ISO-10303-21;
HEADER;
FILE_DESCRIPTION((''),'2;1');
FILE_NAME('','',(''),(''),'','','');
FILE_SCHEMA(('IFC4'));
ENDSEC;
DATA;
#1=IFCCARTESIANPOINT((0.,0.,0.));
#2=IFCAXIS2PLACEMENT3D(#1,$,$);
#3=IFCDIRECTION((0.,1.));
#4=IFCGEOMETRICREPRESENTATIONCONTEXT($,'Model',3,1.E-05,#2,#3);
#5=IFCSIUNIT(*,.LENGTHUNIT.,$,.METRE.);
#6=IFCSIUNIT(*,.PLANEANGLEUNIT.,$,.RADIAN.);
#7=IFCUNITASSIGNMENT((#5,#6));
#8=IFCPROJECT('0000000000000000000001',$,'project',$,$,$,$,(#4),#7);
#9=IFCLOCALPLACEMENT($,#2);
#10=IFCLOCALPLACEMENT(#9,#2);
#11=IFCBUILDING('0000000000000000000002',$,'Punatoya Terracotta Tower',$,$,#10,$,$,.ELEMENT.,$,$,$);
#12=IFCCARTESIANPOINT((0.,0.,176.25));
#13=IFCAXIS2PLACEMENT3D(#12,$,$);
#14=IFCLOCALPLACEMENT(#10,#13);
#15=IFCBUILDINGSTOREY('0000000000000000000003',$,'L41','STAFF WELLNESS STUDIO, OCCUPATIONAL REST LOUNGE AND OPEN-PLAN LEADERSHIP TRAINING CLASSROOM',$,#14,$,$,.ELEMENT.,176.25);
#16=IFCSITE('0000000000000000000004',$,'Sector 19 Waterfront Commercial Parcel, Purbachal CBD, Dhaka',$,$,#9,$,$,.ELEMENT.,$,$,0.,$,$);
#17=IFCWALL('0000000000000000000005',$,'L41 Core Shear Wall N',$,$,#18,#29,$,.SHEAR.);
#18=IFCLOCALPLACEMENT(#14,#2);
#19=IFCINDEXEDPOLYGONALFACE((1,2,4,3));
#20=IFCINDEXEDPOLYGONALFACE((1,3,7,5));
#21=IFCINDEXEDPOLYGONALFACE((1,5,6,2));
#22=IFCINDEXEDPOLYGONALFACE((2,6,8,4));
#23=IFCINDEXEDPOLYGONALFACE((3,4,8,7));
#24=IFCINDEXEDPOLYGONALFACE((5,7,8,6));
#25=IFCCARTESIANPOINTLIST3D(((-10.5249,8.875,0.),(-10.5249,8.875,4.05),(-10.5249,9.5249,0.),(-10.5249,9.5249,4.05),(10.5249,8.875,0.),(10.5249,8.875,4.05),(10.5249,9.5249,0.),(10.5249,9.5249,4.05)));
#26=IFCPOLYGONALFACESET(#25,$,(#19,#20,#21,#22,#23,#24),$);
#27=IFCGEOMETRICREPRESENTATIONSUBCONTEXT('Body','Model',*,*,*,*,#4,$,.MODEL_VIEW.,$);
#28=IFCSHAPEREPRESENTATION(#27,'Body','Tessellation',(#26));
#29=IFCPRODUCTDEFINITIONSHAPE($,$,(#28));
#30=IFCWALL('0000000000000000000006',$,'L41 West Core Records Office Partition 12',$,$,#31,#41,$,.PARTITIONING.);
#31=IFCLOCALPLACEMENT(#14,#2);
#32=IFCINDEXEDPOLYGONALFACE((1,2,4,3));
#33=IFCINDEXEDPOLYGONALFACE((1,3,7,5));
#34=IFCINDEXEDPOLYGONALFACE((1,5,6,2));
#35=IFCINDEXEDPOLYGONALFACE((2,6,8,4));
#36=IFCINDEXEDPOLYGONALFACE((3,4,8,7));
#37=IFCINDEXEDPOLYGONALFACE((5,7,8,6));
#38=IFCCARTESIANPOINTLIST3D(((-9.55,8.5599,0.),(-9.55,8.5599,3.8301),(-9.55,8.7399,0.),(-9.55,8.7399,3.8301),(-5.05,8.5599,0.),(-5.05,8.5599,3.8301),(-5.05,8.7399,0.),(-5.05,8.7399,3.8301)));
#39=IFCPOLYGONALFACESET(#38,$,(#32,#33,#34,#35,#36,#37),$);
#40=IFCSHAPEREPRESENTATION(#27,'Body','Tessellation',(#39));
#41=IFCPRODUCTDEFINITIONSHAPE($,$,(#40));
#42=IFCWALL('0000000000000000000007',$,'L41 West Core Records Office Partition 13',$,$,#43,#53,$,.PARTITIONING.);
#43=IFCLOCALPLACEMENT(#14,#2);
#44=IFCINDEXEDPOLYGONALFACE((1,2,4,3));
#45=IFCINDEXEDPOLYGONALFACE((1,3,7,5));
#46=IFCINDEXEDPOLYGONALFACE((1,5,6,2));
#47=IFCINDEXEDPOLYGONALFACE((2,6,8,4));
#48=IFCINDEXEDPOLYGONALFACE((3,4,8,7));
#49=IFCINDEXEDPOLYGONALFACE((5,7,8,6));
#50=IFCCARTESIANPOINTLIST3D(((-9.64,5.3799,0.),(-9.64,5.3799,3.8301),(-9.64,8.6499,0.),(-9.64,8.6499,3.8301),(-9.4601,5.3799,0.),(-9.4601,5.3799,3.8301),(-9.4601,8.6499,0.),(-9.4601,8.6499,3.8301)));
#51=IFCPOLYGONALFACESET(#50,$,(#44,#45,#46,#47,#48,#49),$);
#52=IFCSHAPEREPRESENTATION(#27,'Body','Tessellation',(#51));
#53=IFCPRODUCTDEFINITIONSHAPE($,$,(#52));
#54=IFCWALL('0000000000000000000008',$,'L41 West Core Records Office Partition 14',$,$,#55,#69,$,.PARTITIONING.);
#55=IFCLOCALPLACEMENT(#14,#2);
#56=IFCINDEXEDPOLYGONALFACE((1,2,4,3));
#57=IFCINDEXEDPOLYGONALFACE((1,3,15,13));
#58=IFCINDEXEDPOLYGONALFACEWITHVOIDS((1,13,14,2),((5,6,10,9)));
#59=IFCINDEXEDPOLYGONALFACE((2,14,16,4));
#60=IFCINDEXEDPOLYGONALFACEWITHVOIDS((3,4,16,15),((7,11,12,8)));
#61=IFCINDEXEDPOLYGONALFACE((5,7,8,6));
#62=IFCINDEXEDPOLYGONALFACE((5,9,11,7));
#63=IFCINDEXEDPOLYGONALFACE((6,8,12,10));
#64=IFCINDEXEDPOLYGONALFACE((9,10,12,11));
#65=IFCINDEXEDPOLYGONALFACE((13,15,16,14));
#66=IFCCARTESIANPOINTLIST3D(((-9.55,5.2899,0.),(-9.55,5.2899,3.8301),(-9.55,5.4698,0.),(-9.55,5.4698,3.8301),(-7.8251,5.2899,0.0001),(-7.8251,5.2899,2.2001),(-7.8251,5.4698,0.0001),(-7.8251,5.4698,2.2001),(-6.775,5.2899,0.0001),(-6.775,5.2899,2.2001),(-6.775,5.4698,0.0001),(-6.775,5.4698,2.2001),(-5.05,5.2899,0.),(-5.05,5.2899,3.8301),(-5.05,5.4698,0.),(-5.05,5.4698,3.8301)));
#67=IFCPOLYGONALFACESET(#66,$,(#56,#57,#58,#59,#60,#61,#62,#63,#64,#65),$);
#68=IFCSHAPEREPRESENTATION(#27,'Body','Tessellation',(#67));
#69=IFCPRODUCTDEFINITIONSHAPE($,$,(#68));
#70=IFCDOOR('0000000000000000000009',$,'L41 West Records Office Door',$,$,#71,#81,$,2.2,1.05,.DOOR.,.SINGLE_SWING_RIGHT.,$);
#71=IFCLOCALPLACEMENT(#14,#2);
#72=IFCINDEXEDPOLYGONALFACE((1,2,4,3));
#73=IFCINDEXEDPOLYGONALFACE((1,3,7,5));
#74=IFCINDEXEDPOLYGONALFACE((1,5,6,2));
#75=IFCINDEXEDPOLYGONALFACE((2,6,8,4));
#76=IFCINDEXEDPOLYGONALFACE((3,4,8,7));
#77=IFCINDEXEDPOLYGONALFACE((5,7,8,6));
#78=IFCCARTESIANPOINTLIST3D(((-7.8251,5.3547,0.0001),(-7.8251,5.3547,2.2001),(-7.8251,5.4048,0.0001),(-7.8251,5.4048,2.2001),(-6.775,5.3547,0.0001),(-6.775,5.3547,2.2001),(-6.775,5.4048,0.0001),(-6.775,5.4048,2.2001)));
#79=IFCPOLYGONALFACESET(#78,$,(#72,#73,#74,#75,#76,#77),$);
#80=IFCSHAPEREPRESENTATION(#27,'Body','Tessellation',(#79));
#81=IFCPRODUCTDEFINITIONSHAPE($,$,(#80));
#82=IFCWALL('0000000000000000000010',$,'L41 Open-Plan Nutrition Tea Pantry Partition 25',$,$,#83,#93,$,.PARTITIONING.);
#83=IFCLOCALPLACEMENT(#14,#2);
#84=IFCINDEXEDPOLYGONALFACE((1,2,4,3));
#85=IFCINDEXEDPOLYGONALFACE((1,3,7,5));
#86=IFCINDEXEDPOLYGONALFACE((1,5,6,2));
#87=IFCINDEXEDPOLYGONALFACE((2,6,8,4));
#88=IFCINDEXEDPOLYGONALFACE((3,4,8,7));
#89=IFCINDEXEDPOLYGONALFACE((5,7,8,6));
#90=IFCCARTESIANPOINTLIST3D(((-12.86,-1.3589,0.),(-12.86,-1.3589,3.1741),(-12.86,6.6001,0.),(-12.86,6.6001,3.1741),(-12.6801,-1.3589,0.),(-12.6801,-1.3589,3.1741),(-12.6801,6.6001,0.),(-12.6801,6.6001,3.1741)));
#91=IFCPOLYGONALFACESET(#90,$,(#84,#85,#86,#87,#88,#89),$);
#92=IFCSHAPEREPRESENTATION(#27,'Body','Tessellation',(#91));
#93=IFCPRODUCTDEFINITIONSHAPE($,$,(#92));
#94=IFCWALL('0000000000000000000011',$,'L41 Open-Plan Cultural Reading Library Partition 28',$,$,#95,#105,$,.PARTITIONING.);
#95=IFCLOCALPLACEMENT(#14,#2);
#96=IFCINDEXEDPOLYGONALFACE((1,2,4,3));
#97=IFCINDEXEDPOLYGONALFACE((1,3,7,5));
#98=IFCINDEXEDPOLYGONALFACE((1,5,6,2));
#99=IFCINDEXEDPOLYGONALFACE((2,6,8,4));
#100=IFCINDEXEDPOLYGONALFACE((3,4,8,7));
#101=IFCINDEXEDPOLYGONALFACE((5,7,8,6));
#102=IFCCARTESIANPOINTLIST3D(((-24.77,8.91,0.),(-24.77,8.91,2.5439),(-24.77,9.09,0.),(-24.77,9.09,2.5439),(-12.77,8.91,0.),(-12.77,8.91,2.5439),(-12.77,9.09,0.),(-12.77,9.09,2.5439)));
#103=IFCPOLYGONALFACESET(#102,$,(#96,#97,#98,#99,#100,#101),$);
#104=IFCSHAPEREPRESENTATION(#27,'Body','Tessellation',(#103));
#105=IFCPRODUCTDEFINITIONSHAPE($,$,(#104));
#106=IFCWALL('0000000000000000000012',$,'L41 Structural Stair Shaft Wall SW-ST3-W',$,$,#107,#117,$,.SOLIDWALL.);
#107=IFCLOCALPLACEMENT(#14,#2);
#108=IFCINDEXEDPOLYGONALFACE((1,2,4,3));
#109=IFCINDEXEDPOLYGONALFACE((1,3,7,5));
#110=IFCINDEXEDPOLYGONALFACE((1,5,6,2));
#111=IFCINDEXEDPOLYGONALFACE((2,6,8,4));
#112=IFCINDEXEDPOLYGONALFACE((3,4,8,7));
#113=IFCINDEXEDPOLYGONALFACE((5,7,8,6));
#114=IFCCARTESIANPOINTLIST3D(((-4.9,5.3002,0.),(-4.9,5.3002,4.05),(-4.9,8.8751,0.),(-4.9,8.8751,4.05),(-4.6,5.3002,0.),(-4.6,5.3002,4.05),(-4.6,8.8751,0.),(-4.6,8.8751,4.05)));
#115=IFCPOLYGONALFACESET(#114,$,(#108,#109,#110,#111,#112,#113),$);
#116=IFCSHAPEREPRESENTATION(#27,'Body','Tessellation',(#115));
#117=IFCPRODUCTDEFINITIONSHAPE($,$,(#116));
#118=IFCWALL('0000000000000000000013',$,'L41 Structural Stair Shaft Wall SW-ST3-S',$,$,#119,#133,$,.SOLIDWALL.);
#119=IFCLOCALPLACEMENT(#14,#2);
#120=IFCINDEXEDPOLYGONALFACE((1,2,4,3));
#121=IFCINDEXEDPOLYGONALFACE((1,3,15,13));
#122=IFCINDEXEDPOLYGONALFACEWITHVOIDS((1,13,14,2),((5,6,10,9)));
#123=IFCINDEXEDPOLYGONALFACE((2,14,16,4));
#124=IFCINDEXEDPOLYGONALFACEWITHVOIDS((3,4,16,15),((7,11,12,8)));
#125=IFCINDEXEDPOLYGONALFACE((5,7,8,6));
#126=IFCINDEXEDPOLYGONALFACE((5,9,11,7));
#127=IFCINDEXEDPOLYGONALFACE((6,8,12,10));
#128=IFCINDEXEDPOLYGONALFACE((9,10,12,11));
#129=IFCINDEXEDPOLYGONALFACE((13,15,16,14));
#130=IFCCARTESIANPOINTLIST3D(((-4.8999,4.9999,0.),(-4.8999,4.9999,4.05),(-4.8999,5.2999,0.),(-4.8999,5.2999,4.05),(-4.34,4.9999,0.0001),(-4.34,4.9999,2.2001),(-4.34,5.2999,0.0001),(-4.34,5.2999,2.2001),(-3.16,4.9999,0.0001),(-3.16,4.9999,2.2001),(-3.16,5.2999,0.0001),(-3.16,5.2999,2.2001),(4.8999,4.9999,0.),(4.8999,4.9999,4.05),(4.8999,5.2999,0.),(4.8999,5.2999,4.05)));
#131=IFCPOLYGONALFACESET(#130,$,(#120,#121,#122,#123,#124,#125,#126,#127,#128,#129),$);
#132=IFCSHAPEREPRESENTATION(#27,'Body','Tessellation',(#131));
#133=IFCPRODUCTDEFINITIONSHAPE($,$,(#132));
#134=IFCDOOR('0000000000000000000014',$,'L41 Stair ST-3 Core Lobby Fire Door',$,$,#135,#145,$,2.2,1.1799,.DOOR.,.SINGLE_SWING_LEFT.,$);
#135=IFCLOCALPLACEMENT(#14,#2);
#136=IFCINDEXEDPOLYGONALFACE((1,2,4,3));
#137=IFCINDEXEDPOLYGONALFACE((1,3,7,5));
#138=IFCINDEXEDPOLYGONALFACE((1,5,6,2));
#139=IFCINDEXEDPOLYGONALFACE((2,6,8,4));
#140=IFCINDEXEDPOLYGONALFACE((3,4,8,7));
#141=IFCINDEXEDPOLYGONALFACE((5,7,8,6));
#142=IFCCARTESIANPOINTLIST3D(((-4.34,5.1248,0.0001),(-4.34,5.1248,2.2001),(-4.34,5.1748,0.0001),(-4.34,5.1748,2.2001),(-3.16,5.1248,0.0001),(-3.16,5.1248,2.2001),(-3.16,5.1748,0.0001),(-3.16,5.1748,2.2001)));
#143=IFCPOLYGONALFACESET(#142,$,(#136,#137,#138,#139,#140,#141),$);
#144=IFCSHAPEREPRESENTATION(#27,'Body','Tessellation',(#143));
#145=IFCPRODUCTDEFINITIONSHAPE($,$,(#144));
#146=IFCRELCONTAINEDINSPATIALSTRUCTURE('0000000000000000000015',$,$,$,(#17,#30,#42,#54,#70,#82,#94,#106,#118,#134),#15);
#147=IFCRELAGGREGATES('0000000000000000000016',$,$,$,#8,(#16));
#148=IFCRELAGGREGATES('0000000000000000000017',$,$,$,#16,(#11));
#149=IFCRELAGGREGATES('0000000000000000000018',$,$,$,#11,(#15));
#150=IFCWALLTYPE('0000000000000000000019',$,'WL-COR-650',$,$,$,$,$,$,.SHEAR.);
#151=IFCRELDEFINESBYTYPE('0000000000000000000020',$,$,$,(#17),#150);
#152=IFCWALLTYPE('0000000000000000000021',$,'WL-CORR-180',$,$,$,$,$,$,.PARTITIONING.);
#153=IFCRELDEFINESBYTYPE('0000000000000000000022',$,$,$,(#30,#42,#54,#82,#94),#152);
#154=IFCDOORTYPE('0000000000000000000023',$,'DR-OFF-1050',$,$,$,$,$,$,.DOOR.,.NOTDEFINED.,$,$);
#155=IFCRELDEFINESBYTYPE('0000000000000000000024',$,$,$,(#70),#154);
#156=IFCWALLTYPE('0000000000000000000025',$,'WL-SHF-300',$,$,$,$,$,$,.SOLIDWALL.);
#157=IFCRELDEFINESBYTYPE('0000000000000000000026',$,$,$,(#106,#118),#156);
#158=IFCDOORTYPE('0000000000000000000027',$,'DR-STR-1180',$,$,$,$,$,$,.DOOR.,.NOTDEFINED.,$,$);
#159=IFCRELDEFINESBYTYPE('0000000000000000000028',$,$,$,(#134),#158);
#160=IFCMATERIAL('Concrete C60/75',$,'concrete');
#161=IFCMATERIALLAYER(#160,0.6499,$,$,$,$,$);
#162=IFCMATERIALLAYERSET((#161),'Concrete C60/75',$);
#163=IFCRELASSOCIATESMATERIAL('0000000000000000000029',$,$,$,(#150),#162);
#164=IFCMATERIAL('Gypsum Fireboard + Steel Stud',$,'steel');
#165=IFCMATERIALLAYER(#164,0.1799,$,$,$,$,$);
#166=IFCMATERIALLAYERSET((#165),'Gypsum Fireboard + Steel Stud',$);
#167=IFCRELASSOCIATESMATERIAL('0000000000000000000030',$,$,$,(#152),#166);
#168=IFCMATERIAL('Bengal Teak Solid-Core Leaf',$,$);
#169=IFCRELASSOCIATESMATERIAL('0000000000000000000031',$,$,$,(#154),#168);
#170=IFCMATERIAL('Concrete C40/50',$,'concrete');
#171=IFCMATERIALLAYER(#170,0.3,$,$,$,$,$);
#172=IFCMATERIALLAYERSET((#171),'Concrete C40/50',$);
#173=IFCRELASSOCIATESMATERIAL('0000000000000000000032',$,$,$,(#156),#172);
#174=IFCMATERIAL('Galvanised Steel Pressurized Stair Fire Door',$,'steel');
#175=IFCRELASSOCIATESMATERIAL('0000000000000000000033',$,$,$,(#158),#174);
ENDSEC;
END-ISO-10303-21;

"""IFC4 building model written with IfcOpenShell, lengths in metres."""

from ifc_helpers import new_model, si_unit, direction, frame, frame_2d, origin, place, context, subcontext, project, spatial, rectangle, extrude, material, layer, layer_set, type_object, element, fill, save


model = new_model("IFC4")

# Units and contexts
model_context = context("Model", 3, precision=1e-05, world=origin(), true_north=direction((0.0, 1.0)))
body_context = subcontext(model_context, "Body", "Model", "MODEL_VIEW")
ifc_project = project(units=[si_unit("LENGTHUNIT", "METRE"), si_unit("PLANEANGLEUNIT", "RADIAN")], contexts=[model_context])

# Site, building, storey
site_placement = place(None, origin())
site = spatial("IfcSite", under=ifc_project, at=site_placement, Name="Sector 19 Waterfront Commercial Parcel, Purbachal CBD, Dhaka", CompositionType="ELEMENT", RefElevation=0.0)
building_placement = place(site_placement, origin())
building = spatial("IfcBuilding", under=site, at=building_placement, Name="Punatoya Terracotta Tower", CompositionType="ELEMENT")
storey_placement = place(building_placement, frame((0.0, 0.0, 176.25)))
storey = spatial("IfcBuildingStorey", under=building, at=storey_placement, Name="L41", Description="STAFF WELLNESS STUDIO, OCCUPATIONAL REST LOUNGE AND OPEN-PLAN LEADERSHIP TRAINING CLASSROOM", CompositionType="ELEMENT", Elevation=176.25)

# Shared definitions
ifc_material_1 = material(Name="Concrete C60/75", Category="concrete")

# Shared definitions
ifc_material_2 = material(Name="Concrete C40/50", Category="concrete")

# Walls
ifc_layer_1 = layer(ifc_material_1, 0.6499)
ifc_layer_set_1 = layer_set([ifc_layer_1], Name="Concrete C60/75")
wall_type_1 = type_object("IfcWallType", Name="WL-COR-650", PredefinedType="SHEAR", material=ifc_layer_set_1)
wall_1_placement = place(storey_placement, frame((-10.5249, 9.2, 0.0), z_axis=(0.0, 0.0, 1.0), x_axis=(1.0, 0.0, 0.0)))
element("IfcWall", 1, at=wall_1_placement, inside=storey, type_object=wall_type_1, Name="L41 Core Shear Wall N", PredefinedType="SHEAR", context=body_context, shape_type="SweptSolid", body=[
    extrude(rectangle(XDim=21.0498, YDim=0.6499, at=frame_2d((10.5249, 0.0))), origin(), (0.0, 0.0, 1.0), 4.05),
])
ifc_material_3 = material(Name="Gypsum Fireboard + Steel Stud", Category="steel")
ifc_layer_2 = layer(ifc_material_3, 0.1799)
ifc_layer_set_2 = layer_set([ifc_layer_2], Name="Gypsum Fireboard + Steel Stud")
wall_type_2 = type_object("IfcWallType", Name="WL-CORR-180", PredefinedType="PARTITIONING", material=ifc_layer_set_2)
wall_2_placement = place(storey_placement, frame((-5.05, 8.6499, 0.0), z_axis=(0.0, 0.0, 1.0), x_axis=(-1.0, 0.0, 0.0)))
element("IfcWall", 2, at=wall_2_placement, inside=storey, type_object=wall_type_2, Name="L41 West Core Records Office Partition 12", PredefinedType="PARTITIONING", context=body_context, shape_type="SweptSolid", body=[
    extrude(rectangle(XDim=4.5, YDim=0.1799, at=frame_2d((2.25, 0.0))), origin(), (0.0, 0.0, 1.0), 3.8301),
])
wall_3_placement = place(storey_placement, frame((-9.55, 8.6499, 0.0), z_axis=(0.0, 0.0, 1.0), x_axis=(0.0, -1.0, 0.0)))
element("IfcWall", 3, at=wall_3_placement, inside=storey, type_object=wall_type_2, Name="L41 West Core Records Office Partition 13", PredefinedType="PARTITIONING", context=body_context, shape_type="SweptSolid", body=[
    extrude(rectangle(XDim=3.27, YDim=0.1799, at=frame_2d((1.635, 0.0))), origin(), (0.0, 0.0, 1.0), 3.8301),
])

# Wall, opening, door
wall_4_placement = place(storey_placement, frame((-9.55, 5.3799, 0.0), z_axis=(0.0, 0.0, 1.0), x_axis=(1.0, 0.0, 0.0)))
wall_4 = element("IfcWall", 4, at=wall_4_placement, inside=storey, type_object=wall_type_2, Name="L41 West Core Records Office Partition 14", PredefinedType="PARTITIONING", context=body_context, shape_type="SweptSolid", body=[
    extrude(rectangle(XDim=4.5, YDim=0.1799, at=frame_2d((2.25, 0.0))), origin(), (0.0, 0.0, 1.0), 3.8301),
])
opening_1_placement = place(wall_4_placement, frame((1.7251, 0.0, 0.0)))
opening_1 = element("IfcOpeningElement", 5, at=opening_1_placement, cuts=wall_4, PredefinedType="OPENING", context=body_context, shape_type="SweptSolid", body=[
    extrude(rectangle(XDim=1.05, YDim=2.2, at=frame_2d((0.5249, 1.1001))), frame((0.0, 0.0999, 0.0), z_axis=(0.0, -1.0, 0.0), x_axis=(1.0, 0.0, 0.0)), (0.0, 0.0, 1.0), 0.2),
])
ifc_material_4 = material(Name="Bengal Teak Solid-Core Leaf")
door_type_1 = type_object("IfcDoorType", Name="DR-OFF-1050", OperationType="NOTDEFINED", PredefinedType="DOOR", material=ifc_material_4)
door_1_placement = place(opening_1_placement, origin())
door_1 = element("IfcDoor", 6, at=door_1_placement, inside=storey, type_object=door_type_1, Name="L41 West Records Office Door", OperationType="SINGLE_SWING_RIGHT", OverallHeight=2.2, OverallWidth=1.05, PredefinedType="DOOR", context=body_context, shape_type="SweptSolid", body=[
    extrude(rectangle(XDim=1.05, YDim=2.2, at=frame_2d((0.5249, 1.1001))), frame((0.0, 0.0249, 0.0), z_axis=(0.0, -1.0, 0.0), x_axis=(1.0, 0.0, 0.0)), (0.0, 0.0, 1.0), 0.05),
])
fill(opening_1, door_1)

# Walls
wall_5_placement = place(storey_placement, frame((-12.77, 6.6001, 0.0), z_axis=(0.0, 0.0, 1.0), x_axis=(0.0, -1.0, 0.0)))
element("IfcWall", 7, at=wall_5_placement, inside=storey, type_object=wall_type_2, Name="L41 Open-Plan Nutrition Tea Pantry Partition 25", PredefinedType="PARTITIONING", context=body_context, shape_type="SweptSolid", body=[
    extrude(rectangle(XDim=7.959, YDim=0.1799, at=frame_2d((3.9795, 0.0))), origin(), (0.0, 0.0, 1.0), 3.1741),
])
wall_6_placement = place(storey_placement, frame((-12.77, 9.0, 0.0), z_axis=(0.0, 0.0, 1.0), x_axis=(-1.0, 0.0, 0.0)))
element("IfcWall", 8, at=wall_6_placement, inside=storey, type_object=wall_type_2, Name="L41 Open-Plan Cultural Reading Library Partition 28", PredefinedType="PARTITIONING", context=body_context, shape_type="SweptSolid", body=[
    extrude(rectangle(XDim=12.0, YDim=0.1799, at=frame_2d((6.0, 0.0))), origin(), (0.0, 0.0, 1.0), 2.5439),
])
ifc_layer_3 = layer(ifc_material_2, 0.3)
ifc_layer_set_3 = layer_set([ifc_layer_3], Name="Concrete C40/50")
wall_type_3 = type_object("IfcWallType", Name="WL-SHF-300", PredefinedType="SOLIDWALL", material=ifc_layer_set_3)
wall_7_placement = place(storey_placement, frame((-4.75, 5.3, 0.0), z_axis=(0.0, 0.0, 1.0), x_axis=(0.0, 1.0, 0.0)))
element("IfcWall", 9, at=wall_7_placement, inside=storey, type_object=wall_type_3, Name="L41 Structural Stair Shaft Wall SW-ST3-W", PredefinedType="SOLIDWALL", context=body_context, shape_type="SweptSolid", body=[
    extrude(rectangle(XDim=3.575, YDim=0.3, at=frame_2d((1.7876, 0.0))), origin(), (0.0, 0.0, 1.0), 4.05),
])

# Wall, opening, door
wall_8_placement = place(storey_placement, frame((-4.8999, 5.1499, 0.0), z_axis=(0.0, 0.0, 1.0), x_axis=(1.0, 0.0, 0.0)))
wall_8 = element("IfcWall", 10, at=wall_8_placement, inside=storey, type_object=wall_type_3, Name="L41 Structural Stair Shaft Wall SW-ST3-S", PredefinedType="SOLIDWALL", context=body_context, shape_type="SweptSolid", body=[
    extrude(rectangle(XDim=9.7998, YDim=0.3, at=frame_2d((4.8999, 0.0))), origin(), (0.0, 0.0, 1.0), 4.05),
])
opening_2_placement = place(wall_8_placement, frame((0.5601, 0.0, 0.0)))
opening_2 = element("IfcOpeningElement", 11, at=opening_2_placement, cuts=wall_8, PredefinedType="OPENING", context=body_context, shape_type="SweptSolid", body=[
    extrude(rectangle(XDim=1.1799, YDim=2.2, at=frame_2d((0.5898, 1.1001))), frame((0.0, 0.1599, 0.0), z_axis=(0.0, -1.0, 0.0), x_axis=(1.0, 0.0, 0.0)), (0.0, 0.0, 1.0), 0.3201),
])
ifc_material_5 = material(Name="Galvanised Steel Pressurized Stair Fire Door", Category="steel")
door_type_2 = type_object("IfcDoorType", Name="DR-STR-1180", OperationType="NOTDEFINED", PredefinedType="DOOR", material=ifc_material_5)
door_2_placement = place(opening_2_placement, origin())
door_2 = element("IfcDoor", 12, at=door_2_placement, inside=storey, type_object=door_type_2, Name="L41 Stair ST-3 Core Lobby Fire Door", OperationType="SINGLE_SWING_LEFT", OverallHeight=2.2, OverallWidth=1.1799, PredefinedType="DOOR", context=body_context, shape_type="SweptSolid", body=[
    extrude(rectangle(XDim=1.1799, YDim=2.2, at=frame_2d((0.5898, 1.1001))), frame((0.0, 0.0249, 0.0), z_axis=(0.0, -1.0, 0.0), x_axis=(1.0, 0.0, 0.0)), (0.0, 0.0, 1.0), 0.05),
])
fill(opening_2, door_2)

save(model, "model.ifc")
